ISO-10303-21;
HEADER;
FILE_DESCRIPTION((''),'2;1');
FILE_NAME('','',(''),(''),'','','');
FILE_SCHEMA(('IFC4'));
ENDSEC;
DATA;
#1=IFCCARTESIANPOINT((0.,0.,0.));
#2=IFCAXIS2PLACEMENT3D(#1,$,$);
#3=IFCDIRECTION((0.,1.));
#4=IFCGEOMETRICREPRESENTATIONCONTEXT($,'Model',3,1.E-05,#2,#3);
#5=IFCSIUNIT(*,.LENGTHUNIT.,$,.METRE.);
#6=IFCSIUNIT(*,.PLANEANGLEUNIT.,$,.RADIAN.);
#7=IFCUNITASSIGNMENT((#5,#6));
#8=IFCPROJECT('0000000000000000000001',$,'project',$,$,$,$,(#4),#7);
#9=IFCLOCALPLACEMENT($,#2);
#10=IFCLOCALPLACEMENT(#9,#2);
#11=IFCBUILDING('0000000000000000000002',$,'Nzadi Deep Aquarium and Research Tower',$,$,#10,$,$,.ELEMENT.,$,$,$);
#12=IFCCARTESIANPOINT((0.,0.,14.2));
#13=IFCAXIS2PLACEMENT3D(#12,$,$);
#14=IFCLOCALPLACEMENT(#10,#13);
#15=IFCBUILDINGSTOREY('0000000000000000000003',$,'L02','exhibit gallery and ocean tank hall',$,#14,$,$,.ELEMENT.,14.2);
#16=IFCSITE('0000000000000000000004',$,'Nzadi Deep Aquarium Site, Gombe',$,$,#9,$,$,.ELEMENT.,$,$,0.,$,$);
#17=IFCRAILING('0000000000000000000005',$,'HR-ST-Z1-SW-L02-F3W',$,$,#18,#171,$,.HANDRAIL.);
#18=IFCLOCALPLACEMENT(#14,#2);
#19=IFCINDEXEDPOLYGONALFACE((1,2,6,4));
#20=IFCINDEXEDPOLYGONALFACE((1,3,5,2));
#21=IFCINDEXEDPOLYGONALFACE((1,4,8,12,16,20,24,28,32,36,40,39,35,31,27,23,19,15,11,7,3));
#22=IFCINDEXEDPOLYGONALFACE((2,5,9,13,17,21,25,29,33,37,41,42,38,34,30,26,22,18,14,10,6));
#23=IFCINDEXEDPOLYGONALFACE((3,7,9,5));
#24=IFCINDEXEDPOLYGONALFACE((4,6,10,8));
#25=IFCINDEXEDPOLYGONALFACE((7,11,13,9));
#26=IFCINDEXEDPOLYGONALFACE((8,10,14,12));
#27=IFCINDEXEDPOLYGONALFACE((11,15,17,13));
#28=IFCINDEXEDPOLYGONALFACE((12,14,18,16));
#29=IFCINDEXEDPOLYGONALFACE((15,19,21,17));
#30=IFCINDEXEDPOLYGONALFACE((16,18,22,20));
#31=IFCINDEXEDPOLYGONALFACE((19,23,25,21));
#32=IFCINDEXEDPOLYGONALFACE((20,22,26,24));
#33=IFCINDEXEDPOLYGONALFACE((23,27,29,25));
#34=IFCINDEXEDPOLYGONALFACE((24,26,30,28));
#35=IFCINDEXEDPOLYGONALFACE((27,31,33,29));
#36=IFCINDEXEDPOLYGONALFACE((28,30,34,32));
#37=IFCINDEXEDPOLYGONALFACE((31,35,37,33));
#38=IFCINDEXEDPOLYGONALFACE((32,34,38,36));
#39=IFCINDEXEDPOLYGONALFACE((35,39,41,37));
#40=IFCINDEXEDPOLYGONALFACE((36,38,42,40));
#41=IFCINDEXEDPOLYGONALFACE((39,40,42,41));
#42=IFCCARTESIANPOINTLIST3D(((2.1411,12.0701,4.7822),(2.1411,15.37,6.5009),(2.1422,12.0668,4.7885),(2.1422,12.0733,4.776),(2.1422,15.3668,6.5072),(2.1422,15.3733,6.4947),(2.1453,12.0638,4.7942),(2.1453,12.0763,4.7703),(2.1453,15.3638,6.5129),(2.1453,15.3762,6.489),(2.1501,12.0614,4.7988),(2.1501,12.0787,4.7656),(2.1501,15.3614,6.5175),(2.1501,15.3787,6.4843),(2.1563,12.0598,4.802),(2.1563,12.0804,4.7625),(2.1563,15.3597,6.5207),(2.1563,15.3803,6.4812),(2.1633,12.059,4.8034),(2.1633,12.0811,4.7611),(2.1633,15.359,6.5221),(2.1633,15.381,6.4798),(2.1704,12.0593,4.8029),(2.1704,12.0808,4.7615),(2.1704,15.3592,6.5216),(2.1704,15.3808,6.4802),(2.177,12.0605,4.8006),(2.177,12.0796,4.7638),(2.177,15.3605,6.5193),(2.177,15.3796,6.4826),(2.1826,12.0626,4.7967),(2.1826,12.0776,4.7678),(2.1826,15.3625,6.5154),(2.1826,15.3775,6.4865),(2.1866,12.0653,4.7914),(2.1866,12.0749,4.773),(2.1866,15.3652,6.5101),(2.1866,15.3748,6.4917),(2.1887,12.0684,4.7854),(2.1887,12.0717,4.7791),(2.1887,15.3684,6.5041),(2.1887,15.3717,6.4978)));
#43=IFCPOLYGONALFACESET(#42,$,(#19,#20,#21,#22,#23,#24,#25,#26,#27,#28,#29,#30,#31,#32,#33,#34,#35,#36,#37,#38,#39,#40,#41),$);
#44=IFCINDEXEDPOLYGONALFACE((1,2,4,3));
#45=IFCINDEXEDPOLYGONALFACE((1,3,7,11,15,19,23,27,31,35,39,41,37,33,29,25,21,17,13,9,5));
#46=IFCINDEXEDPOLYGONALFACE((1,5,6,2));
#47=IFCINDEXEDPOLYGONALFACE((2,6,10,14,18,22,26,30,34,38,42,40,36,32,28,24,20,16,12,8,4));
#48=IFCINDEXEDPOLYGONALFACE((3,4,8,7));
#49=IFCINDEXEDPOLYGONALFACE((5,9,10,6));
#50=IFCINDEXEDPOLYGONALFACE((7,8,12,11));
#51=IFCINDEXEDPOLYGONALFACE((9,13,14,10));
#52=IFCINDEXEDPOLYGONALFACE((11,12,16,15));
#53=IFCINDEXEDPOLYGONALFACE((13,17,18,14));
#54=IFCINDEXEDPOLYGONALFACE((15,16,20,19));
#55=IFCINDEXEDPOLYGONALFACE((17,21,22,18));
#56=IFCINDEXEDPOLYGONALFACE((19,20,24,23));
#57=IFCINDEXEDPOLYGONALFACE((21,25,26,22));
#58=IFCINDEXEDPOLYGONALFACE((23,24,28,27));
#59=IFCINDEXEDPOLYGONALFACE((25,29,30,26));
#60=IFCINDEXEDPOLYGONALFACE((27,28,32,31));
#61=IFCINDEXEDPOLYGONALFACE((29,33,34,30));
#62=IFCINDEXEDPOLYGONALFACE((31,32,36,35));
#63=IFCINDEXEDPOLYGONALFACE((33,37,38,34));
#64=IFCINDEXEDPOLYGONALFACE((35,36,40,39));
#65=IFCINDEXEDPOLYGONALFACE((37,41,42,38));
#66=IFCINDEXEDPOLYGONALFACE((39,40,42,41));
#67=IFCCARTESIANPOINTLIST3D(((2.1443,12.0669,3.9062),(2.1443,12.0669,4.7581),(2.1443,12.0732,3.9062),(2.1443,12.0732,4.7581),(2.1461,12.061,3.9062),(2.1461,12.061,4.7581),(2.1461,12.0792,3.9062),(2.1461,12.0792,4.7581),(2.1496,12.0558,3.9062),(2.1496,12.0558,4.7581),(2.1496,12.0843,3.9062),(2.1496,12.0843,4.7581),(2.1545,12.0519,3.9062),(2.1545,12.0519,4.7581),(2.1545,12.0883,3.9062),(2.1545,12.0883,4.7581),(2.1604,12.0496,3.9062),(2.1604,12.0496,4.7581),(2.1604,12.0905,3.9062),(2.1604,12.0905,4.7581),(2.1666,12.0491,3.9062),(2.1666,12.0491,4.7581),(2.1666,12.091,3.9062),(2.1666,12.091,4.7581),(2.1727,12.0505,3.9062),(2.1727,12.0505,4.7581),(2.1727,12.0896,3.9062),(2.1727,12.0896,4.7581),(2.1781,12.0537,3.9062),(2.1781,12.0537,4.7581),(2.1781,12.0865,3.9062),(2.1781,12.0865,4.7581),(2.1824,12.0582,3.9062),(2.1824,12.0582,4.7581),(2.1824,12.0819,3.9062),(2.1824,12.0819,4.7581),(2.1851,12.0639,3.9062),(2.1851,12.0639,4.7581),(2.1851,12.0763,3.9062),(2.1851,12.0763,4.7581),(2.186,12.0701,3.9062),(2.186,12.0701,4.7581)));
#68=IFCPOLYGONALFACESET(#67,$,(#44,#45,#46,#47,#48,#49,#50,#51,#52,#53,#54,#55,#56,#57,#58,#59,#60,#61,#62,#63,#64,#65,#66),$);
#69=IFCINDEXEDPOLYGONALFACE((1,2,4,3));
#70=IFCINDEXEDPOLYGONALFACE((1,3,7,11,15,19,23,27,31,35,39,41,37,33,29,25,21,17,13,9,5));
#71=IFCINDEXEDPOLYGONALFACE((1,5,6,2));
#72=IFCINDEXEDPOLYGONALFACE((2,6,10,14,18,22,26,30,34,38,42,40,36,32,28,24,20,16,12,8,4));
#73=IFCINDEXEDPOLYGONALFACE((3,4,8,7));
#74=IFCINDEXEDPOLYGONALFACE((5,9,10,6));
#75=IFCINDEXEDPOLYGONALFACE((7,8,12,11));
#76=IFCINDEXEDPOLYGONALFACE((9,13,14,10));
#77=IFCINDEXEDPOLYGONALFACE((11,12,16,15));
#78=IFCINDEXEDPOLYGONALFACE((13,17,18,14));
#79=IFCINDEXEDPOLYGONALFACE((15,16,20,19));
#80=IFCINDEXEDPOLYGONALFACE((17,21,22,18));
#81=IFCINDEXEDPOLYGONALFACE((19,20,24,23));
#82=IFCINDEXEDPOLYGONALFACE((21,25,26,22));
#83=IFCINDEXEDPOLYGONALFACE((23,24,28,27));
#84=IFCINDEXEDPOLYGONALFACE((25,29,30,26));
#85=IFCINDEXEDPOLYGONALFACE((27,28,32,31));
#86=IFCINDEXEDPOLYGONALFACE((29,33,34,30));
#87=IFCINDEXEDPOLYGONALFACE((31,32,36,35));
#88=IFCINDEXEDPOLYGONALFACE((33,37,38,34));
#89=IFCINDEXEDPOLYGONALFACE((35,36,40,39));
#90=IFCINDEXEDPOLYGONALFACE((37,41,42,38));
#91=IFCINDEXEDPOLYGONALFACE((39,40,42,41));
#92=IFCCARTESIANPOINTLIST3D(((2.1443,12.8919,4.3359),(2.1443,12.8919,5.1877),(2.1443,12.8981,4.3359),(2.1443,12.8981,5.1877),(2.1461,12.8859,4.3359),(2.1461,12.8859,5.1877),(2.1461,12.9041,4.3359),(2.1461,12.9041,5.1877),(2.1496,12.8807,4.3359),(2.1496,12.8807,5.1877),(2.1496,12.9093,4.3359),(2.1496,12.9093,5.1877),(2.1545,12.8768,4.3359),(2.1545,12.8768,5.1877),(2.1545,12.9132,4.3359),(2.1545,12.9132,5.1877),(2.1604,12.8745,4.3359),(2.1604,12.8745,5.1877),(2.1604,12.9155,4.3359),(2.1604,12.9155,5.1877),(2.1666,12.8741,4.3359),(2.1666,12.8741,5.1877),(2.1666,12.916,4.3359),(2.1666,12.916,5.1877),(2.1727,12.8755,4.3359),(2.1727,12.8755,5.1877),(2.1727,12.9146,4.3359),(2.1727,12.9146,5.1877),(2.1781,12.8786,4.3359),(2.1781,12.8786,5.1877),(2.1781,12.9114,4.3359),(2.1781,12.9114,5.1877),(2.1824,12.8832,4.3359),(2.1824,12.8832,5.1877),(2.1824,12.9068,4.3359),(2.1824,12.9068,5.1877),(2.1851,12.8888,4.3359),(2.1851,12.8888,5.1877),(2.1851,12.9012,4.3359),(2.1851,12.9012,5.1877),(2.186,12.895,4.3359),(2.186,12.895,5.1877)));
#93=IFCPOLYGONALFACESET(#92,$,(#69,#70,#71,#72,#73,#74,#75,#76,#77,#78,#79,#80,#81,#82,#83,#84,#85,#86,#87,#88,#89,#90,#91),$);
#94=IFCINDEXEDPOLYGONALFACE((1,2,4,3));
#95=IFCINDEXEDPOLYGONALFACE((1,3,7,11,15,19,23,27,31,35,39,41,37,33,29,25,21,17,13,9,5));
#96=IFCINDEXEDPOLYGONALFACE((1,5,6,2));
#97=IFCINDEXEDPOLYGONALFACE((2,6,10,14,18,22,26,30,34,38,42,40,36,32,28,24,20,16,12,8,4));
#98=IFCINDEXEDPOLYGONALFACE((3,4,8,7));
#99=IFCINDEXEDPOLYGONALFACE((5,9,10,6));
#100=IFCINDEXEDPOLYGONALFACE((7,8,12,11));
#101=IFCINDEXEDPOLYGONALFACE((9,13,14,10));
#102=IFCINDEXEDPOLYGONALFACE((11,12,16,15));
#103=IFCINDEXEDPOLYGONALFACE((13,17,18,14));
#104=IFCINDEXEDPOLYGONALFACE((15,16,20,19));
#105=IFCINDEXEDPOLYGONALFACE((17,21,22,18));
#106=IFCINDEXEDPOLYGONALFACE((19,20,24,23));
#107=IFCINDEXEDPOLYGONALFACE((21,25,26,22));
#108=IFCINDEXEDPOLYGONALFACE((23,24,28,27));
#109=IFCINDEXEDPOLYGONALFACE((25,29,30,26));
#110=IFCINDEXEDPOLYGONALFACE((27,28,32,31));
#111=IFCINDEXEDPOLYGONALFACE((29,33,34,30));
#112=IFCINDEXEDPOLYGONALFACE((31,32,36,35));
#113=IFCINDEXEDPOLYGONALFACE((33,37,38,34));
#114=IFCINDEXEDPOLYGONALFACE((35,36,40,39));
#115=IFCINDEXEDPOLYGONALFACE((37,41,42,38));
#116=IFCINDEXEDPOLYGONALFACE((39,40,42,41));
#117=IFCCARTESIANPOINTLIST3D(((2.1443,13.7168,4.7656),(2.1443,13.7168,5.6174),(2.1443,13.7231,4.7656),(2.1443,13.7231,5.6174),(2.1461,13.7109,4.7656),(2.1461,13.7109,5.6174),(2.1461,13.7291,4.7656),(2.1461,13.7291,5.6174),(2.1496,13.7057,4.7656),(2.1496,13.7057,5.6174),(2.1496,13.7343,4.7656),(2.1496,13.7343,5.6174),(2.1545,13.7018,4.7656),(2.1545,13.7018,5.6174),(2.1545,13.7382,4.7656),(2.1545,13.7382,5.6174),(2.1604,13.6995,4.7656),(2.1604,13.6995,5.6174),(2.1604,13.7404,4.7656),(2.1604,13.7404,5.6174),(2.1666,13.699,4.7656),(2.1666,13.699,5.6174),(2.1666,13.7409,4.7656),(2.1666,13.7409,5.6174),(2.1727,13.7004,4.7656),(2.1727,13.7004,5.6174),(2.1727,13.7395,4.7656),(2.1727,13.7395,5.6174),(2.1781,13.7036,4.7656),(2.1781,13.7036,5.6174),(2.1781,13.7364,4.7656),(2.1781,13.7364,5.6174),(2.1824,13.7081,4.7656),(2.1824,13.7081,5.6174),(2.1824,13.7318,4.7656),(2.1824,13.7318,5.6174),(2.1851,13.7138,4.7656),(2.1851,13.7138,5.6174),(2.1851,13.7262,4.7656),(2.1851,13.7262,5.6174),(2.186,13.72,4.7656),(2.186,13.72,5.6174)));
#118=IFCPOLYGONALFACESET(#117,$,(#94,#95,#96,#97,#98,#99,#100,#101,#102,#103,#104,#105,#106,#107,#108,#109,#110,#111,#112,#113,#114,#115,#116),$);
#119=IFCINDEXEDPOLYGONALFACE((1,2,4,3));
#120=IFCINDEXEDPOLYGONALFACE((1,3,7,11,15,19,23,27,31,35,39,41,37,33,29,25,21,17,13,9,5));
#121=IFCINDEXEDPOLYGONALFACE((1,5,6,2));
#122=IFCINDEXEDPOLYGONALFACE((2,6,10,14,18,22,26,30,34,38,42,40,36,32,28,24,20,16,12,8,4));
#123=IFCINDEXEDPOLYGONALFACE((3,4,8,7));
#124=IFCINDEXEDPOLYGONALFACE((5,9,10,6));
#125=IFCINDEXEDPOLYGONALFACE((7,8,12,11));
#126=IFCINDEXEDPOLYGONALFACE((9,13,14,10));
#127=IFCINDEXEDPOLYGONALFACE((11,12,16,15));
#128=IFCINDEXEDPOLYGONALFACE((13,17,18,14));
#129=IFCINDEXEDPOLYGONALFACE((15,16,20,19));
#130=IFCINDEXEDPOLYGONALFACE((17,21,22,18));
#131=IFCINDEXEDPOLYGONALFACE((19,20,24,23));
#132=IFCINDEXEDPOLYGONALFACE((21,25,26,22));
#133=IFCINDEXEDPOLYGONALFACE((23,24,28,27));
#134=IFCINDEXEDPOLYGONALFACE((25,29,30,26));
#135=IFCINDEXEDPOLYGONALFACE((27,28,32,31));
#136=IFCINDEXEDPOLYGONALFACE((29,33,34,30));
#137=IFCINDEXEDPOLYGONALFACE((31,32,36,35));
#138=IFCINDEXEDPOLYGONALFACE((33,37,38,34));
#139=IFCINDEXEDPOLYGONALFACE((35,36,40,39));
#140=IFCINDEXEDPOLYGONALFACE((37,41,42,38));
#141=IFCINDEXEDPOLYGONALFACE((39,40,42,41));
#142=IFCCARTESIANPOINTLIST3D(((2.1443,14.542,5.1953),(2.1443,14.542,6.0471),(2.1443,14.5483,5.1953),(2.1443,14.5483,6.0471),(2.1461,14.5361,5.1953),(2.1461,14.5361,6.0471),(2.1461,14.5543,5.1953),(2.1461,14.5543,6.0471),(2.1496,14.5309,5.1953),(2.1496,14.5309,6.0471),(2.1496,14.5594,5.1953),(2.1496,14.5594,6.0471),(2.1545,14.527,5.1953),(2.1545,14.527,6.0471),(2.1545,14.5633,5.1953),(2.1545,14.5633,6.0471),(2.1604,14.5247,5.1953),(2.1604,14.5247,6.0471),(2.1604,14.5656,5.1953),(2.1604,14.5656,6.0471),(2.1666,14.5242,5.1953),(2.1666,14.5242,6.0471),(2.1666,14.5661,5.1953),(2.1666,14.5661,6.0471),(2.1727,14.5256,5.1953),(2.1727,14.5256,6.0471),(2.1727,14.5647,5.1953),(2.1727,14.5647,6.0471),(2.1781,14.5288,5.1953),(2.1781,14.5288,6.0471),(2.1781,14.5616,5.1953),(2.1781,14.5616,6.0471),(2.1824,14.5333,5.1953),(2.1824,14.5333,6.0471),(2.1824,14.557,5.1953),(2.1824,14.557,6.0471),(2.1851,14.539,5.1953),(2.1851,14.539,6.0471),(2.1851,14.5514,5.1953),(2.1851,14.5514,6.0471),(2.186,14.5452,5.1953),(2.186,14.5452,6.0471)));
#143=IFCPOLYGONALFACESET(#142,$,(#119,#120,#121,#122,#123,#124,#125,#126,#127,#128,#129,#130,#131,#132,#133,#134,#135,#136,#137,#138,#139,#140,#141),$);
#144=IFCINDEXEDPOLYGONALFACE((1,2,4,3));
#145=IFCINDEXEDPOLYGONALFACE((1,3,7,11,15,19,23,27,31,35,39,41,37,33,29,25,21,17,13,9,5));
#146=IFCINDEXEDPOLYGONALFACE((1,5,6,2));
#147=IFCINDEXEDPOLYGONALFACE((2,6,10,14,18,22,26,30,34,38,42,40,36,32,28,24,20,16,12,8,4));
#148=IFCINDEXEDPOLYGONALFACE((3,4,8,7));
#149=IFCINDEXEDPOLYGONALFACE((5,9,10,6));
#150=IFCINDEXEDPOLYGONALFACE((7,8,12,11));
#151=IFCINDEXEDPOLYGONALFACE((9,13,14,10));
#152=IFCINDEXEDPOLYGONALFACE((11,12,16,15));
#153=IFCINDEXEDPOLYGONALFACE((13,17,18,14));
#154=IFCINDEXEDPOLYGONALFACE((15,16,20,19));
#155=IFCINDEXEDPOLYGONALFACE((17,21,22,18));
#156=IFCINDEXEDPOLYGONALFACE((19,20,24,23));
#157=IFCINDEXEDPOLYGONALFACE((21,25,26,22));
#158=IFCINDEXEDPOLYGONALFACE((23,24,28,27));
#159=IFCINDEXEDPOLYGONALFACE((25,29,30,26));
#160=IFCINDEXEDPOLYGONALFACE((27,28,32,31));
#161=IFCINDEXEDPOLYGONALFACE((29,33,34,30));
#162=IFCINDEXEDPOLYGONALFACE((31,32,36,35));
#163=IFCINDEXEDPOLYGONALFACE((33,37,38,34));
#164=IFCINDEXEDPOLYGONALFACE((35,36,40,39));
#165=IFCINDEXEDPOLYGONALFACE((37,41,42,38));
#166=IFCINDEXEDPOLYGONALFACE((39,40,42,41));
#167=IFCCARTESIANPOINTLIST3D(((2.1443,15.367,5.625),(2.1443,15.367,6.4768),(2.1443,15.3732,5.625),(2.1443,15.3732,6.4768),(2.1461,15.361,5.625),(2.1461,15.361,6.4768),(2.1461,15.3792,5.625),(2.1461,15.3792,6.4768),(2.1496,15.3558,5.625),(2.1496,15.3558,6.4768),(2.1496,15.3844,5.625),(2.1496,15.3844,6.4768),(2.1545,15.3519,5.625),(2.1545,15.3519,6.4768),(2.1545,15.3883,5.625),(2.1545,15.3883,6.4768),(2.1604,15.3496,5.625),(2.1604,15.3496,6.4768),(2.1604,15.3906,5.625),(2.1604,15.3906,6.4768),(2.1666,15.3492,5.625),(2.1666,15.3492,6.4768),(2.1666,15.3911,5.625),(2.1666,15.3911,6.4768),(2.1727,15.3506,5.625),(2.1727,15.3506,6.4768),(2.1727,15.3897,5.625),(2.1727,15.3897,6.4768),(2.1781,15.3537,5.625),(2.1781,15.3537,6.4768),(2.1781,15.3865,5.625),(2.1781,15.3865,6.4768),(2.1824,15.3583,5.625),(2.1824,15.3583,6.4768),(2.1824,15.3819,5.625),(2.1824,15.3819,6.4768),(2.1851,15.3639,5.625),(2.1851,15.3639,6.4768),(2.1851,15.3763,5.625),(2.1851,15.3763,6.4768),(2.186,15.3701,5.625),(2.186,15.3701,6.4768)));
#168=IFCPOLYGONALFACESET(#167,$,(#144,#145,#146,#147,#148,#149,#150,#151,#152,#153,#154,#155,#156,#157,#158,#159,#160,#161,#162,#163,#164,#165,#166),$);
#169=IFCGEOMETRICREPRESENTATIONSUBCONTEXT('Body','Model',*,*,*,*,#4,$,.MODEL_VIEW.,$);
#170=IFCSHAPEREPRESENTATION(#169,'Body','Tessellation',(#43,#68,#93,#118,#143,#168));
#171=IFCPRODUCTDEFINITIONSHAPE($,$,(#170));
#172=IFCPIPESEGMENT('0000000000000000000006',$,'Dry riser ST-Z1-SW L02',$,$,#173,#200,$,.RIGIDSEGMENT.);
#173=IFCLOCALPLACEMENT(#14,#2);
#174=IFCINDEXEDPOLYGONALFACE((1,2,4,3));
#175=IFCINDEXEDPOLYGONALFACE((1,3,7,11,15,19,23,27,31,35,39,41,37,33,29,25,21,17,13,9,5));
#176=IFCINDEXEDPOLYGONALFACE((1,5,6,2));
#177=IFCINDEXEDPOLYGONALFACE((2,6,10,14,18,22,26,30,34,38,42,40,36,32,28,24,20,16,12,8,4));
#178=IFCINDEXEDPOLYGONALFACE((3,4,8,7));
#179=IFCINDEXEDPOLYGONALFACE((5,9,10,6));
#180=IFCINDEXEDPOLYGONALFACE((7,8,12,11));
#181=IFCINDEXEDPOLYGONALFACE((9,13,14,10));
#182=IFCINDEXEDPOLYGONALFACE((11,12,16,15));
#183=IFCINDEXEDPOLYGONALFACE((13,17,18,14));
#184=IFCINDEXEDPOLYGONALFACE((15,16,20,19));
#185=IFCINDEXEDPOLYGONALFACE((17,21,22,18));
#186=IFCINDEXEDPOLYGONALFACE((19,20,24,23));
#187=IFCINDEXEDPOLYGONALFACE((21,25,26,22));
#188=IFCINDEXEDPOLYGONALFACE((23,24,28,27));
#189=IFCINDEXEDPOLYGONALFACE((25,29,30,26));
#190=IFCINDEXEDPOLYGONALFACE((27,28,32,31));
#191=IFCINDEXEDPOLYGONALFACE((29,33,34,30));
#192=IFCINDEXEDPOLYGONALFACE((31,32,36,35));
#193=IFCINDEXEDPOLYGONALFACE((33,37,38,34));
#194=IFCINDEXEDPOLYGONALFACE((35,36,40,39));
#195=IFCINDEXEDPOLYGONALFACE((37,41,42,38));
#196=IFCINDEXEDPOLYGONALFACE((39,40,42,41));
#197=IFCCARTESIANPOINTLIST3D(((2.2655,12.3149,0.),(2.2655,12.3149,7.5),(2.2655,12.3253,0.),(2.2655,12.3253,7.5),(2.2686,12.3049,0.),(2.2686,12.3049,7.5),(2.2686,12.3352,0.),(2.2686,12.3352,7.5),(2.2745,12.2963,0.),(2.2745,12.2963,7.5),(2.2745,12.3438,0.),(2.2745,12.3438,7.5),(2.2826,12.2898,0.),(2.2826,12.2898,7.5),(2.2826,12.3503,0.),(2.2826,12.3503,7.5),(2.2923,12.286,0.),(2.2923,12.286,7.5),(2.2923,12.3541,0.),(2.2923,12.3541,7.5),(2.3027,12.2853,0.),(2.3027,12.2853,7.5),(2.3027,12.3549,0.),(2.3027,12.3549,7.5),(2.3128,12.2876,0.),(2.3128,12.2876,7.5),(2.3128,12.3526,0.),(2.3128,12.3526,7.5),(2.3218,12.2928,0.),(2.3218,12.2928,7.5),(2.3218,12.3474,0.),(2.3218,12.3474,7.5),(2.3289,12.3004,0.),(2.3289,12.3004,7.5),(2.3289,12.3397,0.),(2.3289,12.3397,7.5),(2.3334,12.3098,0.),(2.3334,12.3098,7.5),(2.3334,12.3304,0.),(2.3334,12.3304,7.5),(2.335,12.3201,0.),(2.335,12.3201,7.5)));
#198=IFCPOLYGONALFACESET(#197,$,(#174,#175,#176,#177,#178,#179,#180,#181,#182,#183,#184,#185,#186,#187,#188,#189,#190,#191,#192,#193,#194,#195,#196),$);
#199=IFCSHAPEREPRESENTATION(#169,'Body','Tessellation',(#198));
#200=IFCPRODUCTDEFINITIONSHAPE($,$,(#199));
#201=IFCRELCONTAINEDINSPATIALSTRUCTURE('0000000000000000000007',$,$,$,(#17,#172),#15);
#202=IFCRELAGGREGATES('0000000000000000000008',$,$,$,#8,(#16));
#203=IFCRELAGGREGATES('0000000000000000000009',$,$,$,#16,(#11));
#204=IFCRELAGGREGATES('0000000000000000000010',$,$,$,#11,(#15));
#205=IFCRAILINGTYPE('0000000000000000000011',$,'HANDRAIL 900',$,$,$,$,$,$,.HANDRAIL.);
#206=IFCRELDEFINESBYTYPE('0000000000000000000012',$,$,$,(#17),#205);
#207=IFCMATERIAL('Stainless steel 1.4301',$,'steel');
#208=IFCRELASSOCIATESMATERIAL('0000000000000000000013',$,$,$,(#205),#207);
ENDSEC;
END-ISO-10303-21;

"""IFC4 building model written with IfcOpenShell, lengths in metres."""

from ifc_helpers import new_model, si_unit, direction, frame, origin, origin_2d, place, context, subcontext, project, spatial, circle, extrude, material, type_object, element, save


model = new_model("IFC4")

# Units and contexts
model_context = context("Model", 3, precision=1e-05, world=origin(), true_north=direction((0.0, 1.0)))
body_context = subcontext(model_context, "Body", "Model", "MODEL_VIEW")
ifc_project = project(units=[si_unit("LENGTHUNIT", "METRE"), si_unit("PLANEANGLEUNIT", "RADIAN")], contexts=[model_context])

# Site, building, storey
site_placement = place(None, origin())
site = spatial("IfcSite", under=ifc_project, at=site_placement, Name="Nzadi Deep Aquarium Site, Gombe", CompositionType="ELEMENT", RefElevation=0.0)
building_placement = place(site_placement, origin())
building = spatial("IfcBuilding", under=site, at=building_placement, Name="Nzadi Deep Aquarium and Research Tower", CompositionType="ELEMENT")
storey_placement = place(building_placement, frame((0.0, 0.0, 14.2)))
storey = spatial("IfcBuildingStorey", under=building, at=storey_placement, Name="L02", Description="exhibit gallery and ocean tank hall", CompositionType="ELEMENT", Elevation=14.2)

# Railing
ifc_material_1 = material(Name="Stainless steel 1.4301", Category="steel")
railing_type = type_object("IfcRailingType", Name="HANDRAIL 900", PredefinedType="HANDRAIL", material=ifc_material_1)
for number, where, name in (
    (1, (2.165, 12.0701, 3.9062), "HR-ST-Z1-SW-L02-F3W"),
):
    element("IfcRailing", number, at=place(storey_placement, frame(where)), inside=storey, type_object=railing_type, Name=name, PredefinedType="HANDRAIL", context=body_context, shape_type="SweptSolid", body=[
        extrude(circle(Radius=0.0239, at=origin_2d()), frame((0.0, 0.0, 0.876), z_axis=(0.0, 0.886917, 0.461929), x_axis=(-1.0, 0.0, 0.0)), (0.0, 0.0, 1.0), 3.7207),
        extrude(circle(Radius=0.021, at=origin_2d()), origin(), (0.0, 0.0, 1.0), 0.8518),
        extrude(circle(Radius=0.021, at=origin_2d()), frame((0.0, 0.825, 0.4297)), (0.0, 0.0, 1.0), 0.8518),
        extrude(circle(Radius=0.021, at=origin_2d()), frame((0.0, 1.6499, 0.8594)), (0.0, 0.0, 1.0), 0.8518),
        extrude(circle(Radius=0.021, at=origin_2d()), frame((0.0, 2.4751, 1.2891)), (0.0, 0.0, 1.0), 0.8518),
        extrude(circle(Radius=0.021, at=origin_2d()), frame((0.0, 3.3, 1.7188)), (0.0, 0.0, 1.0), 0.8518),
    ])

# Pipe segment
pipe_segment_placement = place(storey_placement, frame((2.3, 12.3201, 0.0), z_axis=(0.0, 0.0, 1.0), x_axis=(1.0, 0.0, 0.0)))
element("IfcPipeSegment", 2, at=pipe_segment_placement, inside=storey, Name="Dry riser ST-Z1-SW L02", PredefinedType="RIGIDSEGMENT", context=body_context, shape_type="SweptSolid", body=[
    extrude(circle(Radius=0.0349, at=origin_2d()), origin(), (0.0, 0.0, 1.0), 7.5),
])

save(model, "model.ifc")
